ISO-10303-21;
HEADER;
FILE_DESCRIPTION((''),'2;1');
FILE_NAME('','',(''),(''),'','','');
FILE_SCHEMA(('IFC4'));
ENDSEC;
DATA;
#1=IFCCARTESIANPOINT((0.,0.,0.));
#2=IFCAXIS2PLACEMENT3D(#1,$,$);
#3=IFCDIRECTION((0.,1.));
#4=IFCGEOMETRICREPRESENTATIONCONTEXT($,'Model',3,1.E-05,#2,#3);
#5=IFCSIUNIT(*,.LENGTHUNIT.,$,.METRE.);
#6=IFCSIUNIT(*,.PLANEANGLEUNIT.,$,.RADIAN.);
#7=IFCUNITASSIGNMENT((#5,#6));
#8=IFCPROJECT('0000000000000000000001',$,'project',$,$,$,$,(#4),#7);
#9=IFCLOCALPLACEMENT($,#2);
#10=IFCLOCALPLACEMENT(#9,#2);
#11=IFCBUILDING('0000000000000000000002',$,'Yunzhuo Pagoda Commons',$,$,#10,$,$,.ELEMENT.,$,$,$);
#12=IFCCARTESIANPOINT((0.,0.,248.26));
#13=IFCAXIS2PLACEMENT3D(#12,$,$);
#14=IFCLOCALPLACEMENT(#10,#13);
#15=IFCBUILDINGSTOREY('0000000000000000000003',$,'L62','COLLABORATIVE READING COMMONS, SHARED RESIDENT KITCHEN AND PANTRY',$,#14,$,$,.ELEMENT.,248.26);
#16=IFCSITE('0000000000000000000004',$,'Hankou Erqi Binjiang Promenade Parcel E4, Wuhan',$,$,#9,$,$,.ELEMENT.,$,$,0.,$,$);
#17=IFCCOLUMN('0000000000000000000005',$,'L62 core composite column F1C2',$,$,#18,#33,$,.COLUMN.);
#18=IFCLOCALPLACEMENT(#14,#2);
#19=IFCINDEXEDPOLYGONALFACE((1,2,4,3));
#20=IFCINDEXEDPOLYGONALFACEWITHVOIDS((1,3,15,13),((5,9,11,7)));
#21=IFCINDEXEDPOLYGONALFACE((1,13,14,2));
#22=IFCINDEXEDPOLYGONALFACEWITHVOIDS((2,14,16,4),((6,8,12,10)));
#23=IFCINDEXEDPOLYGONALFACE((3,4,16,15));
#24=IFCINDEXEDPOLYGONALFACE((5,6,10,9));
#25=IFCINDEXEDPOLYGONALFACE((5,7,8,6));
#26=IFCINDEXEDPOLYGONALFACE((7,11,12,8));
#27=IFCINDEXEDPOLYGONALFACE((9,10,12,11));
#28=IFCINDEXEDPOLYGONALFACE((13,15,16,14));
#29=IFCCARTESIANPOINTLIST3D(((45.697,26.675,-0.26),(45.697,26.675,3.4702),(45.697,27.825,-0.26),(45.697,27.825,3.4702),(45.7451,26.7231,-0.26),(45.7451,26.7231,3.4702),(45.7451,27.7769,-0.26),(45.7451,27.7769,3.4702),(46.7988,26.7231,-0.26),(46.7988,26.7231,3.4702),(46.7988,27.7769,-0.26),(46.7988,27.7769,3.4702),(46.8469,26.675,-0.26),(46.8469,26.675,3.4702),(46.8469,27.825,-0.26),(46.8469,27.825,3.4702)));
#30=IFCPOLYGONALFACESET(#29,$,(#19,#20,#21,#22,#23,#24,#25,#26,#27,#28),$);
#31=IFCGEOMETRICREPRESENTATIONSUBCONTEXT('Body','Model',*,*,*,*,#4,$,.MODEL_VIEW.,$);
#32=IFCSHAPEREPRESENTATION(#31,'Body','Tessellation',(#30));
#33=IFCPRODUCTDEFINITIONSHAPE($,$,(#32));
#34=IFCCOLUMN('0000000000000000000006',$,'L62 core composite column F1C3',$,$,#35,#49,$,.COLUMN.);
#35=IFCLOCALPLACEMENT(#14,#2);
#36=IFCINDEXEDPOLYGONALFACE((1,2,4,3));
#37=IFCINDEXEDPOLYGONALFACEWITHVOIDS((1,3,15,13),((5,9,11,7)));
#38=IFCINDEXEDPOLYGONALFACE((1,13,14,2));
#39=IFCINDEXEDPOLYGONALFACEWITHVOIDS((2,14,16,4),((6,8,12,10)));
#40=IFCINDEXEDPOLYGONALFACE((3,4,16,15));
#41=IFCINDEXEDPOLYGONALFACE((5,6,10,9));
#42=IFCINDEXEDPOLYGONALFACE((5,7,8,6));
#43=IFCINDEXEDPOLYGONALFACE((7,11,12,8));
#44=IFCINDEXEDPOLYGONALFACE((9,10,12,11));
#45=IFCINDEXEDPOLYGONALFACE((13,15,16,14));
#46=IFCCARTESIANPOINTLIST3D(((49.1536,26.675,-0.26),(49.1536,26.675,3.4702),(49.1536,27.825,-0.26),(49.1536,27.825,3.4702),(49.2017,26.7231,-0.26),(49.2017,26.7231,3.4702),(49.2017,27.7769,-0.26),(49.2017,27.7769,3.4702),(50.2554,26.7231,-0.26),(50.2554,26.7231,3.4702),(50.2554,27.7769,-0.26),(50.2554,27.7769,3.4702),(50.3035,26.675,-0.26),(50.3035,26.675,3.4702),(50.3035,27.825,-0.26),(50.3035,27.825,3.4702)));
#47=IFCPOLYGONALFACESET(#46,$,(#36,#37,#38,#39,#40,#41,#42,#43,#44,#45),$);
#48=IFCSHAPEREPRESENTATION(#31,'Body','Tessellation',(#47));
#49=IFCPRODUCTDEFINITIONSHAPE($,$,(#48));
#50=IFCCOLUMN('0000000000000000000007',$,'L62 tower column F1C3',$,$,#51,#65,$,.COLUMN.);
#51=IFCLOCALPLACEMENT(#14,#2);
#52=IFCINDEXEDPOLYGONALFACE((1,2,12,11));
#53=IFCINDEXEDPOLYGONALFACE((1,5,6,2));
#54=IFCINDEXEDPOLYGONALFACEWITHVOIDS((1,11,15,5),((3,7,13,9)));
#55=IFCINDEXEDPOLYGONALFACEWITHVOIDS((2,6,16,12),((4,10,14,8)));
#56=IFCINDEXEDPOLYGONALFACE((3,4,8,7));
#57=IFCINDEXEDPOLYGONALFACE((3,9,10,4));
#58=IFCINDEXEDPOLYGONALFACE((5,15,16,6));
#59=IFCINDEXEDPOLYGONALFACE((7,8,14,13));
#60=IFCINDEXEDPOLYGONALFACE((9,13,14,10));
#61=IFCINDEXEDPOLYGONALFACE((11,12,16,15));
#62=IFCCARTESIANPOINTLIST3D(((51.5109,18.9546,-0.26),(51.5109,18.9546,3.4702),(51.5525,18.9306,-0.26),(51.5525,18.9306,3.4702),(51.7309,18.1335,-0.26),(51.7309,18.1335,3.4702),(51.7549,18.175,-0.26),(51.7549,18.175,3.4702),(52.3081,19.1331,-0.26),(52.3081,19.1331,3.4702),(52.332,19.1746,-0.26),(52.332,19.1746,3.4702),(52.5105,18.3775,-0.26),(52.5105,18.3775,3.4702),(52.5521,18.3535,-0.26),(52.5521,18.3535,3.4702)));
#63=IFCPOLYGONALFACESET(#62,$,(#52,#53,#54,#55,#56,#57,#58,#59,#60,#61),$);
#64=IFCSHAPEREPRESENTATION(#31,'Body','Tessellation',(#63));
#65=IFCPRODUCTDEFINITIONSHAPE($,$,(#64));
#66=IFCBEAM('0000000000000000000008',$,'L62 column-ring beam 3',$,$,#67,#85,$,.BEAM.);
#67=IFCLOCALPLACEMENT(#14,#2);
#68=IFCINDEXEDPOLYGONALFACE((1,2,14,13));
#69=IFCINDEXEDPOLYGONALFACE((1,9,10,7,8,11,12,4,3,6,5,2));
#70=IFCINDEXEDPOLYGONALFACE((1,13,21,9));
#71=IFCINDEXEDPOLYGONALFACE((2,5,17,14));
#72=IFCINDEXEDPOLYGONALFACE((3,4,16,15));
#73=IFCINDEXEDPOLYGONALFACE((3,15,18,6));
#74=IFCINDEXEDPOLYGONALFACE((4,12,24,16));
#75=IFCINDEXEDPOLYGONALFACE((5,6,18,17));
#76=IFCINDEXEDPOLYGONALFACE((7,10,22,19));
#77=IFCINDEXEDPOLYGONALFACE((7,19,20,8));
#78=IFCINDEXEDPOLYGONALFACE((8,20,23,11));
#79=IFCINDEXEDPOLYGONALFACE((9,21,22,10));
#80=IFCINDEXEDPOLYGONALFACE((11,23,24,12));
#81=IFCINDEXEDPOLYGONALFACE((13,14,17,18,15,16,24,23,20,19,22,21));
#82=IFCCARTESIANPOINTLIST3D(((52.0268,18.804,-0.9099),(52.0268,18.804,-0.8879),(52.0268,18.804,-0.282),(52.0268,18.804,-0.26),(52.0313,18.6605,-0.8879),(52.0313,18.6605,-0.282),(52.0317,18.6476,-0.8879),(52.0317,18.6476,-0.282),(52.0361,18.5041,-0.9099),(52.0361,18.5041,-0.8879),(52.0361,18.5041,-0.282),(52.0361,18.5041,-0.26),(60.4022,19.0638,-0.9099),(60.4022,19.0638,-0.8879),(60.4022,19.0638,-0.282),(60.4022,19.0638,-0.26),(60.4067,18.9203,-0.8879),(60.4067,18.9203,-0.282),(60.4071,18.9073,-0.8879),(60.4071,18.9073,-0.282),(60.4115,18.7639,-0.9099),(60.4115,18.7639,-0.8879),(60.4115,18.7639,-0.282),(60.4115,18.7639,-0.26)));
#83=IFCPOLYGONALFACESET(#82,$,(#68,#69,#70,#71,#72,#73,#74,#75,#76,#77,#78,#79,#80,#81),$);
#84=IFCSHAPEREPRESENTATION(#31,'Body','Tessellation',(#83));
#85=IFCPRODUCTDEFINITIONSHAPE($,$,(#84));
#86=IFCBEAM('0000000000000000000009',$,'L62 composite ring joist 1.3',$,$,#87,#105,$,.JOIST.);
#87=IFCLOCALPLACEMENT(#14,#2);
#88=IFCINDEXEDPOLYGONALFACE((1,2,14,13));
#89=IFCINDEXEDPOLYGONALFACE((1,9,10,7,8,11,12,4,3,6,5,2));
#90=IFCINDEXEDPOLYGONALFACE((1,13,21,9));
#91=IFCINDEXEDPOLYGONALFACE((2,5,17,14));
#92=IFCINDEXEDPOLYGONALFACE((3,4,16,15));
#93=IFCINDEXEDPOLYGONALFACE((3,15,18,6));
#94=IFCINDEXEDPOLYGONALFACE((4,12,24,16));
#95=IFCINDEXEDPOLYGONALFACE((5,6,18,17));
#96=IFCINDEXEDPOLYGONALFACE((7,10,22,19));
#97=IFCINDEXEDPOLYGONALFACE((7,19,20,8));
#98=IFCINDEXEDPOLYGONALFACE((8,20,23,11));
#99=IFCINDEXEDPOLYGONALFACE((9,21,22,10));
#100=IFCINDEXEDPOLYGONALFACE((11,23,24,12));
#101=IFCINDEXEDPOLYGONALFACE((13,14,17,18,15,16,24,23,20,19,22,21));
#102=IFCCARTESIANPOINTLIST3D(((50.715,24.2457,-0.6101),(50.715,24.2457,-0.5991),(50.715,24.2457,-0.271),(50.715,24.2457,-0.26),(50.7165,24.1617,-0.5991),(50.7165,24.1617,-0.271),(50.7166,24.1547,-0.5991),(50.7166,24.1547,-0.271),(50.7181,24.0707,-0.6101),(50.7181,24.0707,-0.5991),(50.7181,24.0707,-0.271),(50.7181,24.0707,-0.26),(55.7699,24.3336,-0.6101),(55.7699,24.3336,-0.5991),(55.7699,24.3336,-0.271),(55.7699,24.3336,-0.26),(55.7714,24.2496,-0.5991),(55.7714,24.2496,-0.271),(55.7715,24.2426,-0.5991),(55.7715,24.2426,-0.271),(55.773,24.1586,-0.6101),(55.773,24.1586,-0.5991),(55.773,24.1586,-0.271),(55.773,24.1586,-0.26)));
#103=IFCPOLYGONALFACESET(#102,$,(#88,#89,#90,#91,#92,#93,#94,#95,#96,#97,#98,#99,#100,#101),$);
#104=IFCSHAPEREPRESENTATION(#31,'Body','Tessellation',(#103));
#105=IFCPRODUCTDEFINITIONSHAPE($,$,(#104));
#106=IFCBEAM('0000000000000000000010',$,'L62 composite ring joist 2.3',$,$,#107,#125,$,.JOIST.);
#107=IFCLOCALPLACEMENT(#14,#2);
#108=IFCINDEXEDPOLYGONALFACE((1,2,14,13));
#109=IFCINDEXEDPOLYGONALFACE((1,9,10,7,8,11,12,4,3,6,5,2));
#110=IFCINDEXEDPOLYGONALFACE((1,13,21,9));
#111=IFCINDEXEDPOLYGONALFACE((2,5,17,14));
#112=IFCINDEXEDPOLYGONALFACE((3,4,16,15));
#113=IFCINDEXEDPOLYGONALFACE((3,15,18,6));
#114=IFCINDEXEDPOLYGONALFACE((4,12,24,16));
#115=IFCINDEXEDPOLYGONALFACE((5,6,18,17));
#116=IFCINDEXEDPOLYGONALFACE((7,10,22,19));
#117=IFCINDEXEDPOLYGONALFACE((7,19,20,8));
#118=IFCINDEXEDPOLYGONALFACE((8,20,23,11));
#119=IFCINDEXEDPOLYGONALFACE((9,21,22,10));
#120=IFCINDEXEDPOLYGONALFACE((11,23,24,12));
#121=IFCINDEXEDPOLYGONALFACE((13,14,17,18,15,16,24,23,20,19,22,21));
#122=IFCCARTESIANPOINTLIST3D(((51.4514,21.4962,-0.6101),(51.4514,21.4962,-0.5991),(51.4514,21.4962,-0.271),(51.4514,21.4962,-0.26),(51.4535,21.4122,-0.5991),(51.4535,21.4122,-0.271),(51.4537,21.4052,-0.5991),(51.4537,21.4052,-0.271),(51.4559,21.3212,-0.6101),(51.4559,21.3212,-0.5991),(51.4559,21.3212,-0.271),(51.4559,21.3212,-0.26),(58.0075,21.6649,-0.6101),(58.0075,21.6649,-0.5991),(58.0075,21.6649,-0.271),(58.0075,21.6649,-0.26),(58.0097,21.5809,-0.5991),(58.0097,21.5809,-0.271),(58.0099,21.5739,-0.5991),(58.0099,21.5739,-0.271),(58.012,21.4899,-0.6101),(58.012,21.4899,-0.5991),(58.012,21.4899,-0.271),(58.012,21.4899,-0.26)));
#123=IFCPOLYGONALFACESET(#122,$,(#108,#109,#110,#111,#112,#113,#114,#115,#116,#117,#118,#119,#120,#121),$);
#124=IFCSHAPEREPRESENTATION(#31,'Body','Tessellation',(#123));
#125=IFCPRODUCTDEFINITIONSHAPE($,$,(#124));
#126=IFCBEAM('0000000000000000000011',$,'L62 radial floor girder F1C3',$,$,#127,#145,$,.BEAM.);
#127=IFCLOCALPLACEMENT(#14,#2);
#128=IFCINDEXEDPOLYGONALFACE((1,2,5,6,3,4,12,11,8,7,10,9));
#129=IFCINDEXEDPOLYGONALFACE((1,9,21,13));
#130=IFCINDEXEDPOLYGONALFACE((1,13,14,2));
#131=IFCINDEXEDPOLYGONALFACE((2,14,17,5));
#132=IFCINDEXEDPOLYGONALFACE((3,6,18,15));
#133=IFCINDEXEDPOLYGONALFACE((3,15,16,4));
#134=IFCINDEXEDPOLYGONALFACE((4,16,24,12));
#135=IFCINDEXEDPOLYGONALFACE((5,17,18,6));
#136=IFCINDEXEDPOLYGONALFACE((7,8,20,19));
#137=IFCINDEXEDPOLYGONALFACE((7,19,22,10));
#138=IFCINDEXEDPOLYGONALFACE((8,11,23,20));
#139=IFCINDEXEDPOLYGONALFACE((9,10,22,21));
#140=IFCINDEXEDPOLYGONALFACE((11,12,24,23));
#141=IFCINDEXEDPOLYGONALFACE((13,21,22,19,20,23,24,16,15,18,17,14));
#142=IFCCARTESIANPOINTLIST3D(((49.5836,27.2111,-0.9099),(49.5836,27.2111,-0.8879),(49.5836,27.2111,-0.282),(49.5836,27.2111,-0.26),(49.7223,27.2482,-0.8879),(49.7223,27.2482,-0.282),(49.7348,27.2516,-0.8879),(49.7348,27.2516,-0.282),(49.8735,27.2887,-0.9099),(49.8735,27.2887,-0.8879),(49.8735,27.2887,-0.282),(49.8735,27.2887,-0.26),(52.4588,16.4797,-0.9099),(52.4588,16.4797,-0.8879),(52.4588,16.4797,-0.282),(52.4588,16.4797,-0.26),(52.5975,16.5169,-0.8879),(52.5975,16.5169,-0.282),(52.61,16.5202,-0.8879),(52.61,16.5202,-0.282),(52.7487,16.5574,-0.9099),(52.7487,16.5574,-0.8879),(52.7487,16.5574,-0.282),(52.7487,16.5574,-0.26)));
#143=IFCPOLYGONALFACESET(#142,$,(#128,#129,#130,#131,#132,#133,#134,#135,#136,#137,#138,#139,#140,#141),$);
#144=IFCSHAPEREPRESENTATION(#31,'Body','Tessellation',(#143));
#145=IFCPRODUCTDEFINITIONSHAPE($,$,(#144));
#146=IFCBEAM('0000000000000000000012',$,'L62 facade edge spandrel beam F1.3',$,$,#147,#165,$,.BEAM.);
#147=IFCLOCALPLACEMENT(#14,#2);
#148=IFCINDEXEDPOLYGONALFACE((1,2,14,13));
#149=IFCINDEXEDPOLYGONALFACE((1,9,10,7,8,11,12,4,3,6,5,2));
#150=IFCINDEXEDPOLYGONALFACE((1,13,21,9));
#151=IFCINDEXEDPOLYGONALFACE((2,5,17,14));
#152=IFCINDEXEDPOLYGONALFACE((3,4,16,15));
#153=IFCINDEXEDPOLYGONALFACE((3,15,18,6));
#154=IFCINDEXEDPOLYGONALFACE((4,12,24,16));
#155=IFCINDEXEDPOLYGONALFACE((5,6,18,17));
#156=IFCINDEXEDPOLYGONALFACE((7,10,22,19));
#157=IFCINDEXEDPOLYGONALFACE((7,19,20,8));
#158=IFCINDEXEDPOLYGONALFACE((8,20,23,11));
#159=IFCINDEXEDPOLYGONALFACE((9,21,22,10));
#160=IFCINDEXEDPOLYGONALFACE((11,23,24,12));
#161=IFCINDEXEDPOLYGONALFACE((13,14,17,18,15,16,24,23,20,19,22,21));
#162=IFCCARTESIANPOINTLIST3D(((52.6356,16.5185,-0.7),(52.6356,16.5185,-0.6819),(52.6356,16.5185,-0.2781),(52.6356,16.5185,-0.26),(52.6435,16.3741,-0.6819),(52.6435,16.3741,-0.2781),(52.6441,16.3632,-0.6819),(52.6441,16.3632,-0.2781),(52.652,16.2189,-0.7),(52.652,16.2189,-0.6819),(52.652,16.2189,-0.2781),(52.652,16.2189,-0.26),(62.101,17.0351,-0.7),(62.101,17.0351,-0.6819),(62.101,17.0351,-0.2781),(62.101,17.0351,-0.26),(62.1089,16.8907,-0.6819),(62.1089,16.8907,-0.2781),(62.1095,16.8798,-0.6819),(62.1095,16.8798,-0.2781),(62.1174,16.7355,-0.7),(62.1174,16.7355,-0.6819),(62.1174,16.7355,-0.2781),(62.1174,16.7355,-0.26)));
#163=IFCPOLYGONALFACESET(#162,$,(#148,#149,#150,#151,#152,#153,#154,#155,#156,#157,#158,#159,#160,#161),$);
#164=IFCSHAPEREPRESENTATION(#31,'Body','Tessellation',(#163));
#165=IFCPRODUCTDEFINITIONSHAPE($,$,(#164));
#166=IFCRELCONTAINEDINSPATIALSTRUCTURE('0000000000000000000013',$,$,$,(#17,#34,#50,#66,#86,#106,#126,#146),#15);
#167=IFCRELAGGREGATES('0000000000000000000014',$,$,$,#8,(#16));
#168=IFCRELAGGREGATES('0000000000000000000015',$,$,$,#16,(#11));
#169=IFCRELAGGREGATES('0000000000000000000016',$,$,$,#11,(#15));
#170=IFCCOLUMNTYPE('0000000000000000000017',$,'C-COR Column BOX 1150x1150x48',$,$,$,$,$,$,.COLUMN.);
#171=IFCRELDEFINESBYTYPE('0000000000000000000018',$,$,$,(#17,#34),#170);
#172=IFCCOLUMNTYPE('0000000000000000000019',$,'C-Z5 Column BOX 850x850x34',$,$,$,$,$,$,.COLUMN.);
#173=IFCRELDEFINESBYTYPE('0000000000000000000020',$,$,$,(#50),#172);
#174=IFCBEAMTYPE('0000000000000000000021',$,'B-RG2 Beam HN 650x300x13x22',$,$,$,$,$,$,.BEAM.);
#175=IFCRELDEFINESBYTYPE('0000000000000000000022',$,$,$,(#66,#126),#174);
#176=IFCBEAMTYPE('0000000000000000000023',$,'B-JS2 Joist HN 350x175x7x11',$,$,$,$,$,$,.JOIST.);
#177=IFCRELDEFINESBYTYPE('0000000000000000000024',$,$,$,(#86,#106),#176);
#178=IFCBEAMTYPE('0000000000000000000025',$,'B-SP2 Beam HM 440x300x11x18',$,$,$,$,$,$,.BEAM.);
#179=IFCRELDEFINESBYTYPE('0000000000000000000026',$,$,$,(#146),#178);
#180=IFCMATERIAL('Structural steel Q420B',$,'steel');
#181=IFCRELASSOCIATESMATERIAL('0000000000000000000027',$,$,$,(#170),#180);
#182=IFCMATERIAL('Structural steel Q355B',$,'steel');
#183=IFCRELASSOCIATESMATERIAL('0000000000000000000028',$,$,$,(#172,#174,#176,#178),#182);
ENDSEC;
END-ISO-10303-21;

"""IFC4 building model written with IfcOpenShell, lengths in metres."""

from ifc_helpers import new_model, si_unit, direction, frame, origin, origin_2d, place, context, subcontext, project, spatial, hollow_rectangle, i_section, extrude, source, transform, mapped, material, material_profile, profile_set, type_object, element, save


model = new_model("IFC4")

# Units and contexts
model_context = context("Model", 3, precision=1e-05, world=origin(), true_north=direction((0.0, 1.0)))
body_context = subcontext(model_context, "Body", "Model", "MODEL_VIEW")
ifc_project = project(units=[si_unit("LENGTHUNIT", "METRE"), si_unit("PLANEANGLEUNIT", "RADIAN")], contexts=[model_context])

# Site, building, storey
site_placement = place(None, origin())
site = spatial("IfcSite", under=ifc_project, at=site_placement, Name="Hankou Erqi Binjiang Promenade Parcel E4, Wuhan", CompositionType="ELEMENT", RefElevation=0.0)
building_placement = place(site_placement, origin())
building = spatial("IfcBuilding", under=site, at=building_placement, Name="Yunzhuo Pagoda Commons", CompositionType="ELEMENT")
storey_placement = place(building_placement, frame((0.0, 0.0, 248.26)))
storey = spatial("IfcBuildingStorey", under=building, at=storey_placement, Name="L62", Description="COLLABORATIVE READING COMMONS, SHARED RESIDENT KITCHEN AND PANTRY", CompositionType="ELEMENT", Elevation=248.26)

# Columns
ifc_material_1 = material(Name="Structural steel Q420B", Category="steel")
ifc_material_profile_1 = material_profile(ifc_material_1, hollow_rectangle(XDim=1.1499, YDim=1.1499, WallThickness=0.0481, at=origin_2d()), Name="Structural steel Q420B")
ifc_profile_set_1 = profile_set([ifc_material_profile_1], Name="Structural steel Q420B")
column_type_1 = type_object("IfcColumnType", Name="C-COR Column BOX 1150x1150x48", PredefinedType="COLUMN", material=ifc_profile_set_1)
shared_shape_1 = source(origin(), body_context, "Body", "SweptSolid", [
    extrude(hollow_rectangle(XDim=1.1499, YDim=1.1499, WallThickness=0.0481, at=origin_2d()), origin(), (0.0, 0.0, 1.0), 3.7302),
])
for number, where, z_axis, x_axis, name in (
    (1, (46.272, 27.25, -0.26), (0.0, 0.0, 1.0), (1.0, 0.0, 0.0), "L62 core composite column F1C2"),
    (2, (49.7285, 27.25, -0.26), (0.0, 0.0, 1.0), (1.0, 0.0, 0.0), "L62 core composite column F1C3"),
):
    element("IfcColumn", number, at=place(storey_placement, frame(where, z_axis=z_axis, x_axis=x_axis)), inside=storey, type_object=column_type_1, Name=name, PredefinedType="COLUMN", context=body_context, shape_type="MappedRepresentation", body=[
        mapped(shared_shape_1, transform((0.0, 0.0, 0.0), scale=1.0)),
    ])
ifc_material_2 = material(Name="Structural steel Q355B", Category="steel")
ifc_material_profile_2 = material_profile(ifc_material_2, hollow_rectangle(XDim=0.8501, YDim=0.8501, WallThickness=0.0339, at=origin_2d()), Name="Structural steel Q355B")
ifc_profile_set_2 = profile_set([ifc_material_profile_2], Name="Structural steel Q355B")
column_type_2 = type_object("IfcColumnType", Name="C-Z5 Column BOX 850x850x34", PredefinedType="COLUMN", material=ifc_profile_set_2)
shared_shape_2 = source(origin(), body_context, "Body", "SweptSolid", [
    extrude(hollow_rectangle(XDim=0.8501, YDim=0.8501, WallThickness=0.0339, at=origin_2d()), origin(), (0.0, 0.0, 1.0), 3.7302),
])
column_placement = place(storey_placement, frame((52.0315, 18.6541, -0.26), z_axis=(0.0, 0.0, 1.0), x_axis=(0.965926, 0.258819, 0.0)))
element("IfcColumn", 3, at=column_placement, inside=storey, type_object=column_type_2, Name="L62 tower column F1C3", PredefinedType="COLUMN", context=body_context, shape_type="MappedRepresentation", body=[
    mapped(shared_shape_2, transform((0.0, 0.0, 0.0), scale=1.0)),
])

# Beams
ifc_material_profile_3 = material_profile(ifc_material_2, i_section(OverallWidth=0.3, OverallDepth=0.6499, WebThickness=0.0129, FlangeThickness=0.022, at=origin_2d()), Name="Structural steel Q355B")
ifc_profile_set_3 = profile_set([ifc_material_profile_3], Name="Structural steel Q355B")
beam_type_1 = type_object("IfcBeamType", Name="B-RG2 Beam HN 650x300x13x22", PredefinedType="BEAM", material=ifc_profile_set_3)
shared_shape_3 = source(origin(), body_context, "Body", "SweptSolid", [
    extrude(i_section(OverallWidth=0.3, OverallDepth=0.6499, WebThickness=0.0129, FlangeThickness=0.022, at=origin_2d()), origin(), (0.0, 0.0, 1.0), 8.3794),
])
beam_1_placement = place(storey_placement, frame((52.0315, 18.6541, -0.585), z_axis=(0.999519, 0.031, 0.0), x_axis=(-0.031, 0.999519, 0.0)))
element("IfcBeam", 4, at=beam_1_placement, inside=storey, type_object=beam_type_1, Name="L62 column-ring beam 3", PredefinedType="BEAM", context=body_context, shape_type="MappedRepresentation", body=[
    mapped(shared_shape_3, transform((0.0, 0.0, 0.0), scale=1.0)),
])
ifc_material_profile_4 = material_profile(ifc_material_2, i_section(OverallWidth=0.175, OverallDepth=0.3501, WebThickness=0.0071, FlangeThickness=0.011, at=origin_2d()), Name="Structural steel Q355B")
ifc_profile_set_4 = profile_set([ifc_material_profile_4], Name="Structural steel Q355B")
beam_type_2 = type_object("IfcBeamType", Name="B-JS2 Joist HN 350x175x7x11", PredefinedType="JOIST", material=ifc_profile_set_4)
shared_shape_4 = source(origin(), body_context, "Body", "SweptSolid", [
    extrude(i_section(OverallWidth=0.175, OverallDepth=0.3501, WebThickness=0.0071, FlangeThickness=0.011, at=origin_2d()), origin(), (0.0, 0.0, 1.0), 5.0557),
])
beam_2_placement = place(storey_placement, frame((50.7166, 24.1582, -0.4351), z_axis=(0.999849, 0.017384, 0.0), x_axis=(-0.017384, 0.999849, 0.0)))
element("IfcBeam", 5, at=beam_2_placement, inside=storey, type_object=beam_type_2, Name="L62 composite ring joist 1.3", PredefinedType="JOIST", context=body_context, shape_type="MappedRepresentation", body=[
    mapped(shared_shape_4, transform((0.0, 0.0, 0.0), scale=1.0)),
])
shared_shape_5 = source(origin(), body_context, "Body", "SweptSolid", [
    extrude(i_section(OverallWidth=0.175, OverallDepth=0.3501, WebThickness=0.0071, FlangeThickness=0.011, at=origin_2d()), origin(), (0.0, 0.0, 1.0), 6.5583),
])
beam_3_placement = place(storey_placement, frame((51.4536, 21.4087, -0.4351), z_axis=(0.999669, 0.025723, 0.0), x_axis=(-0.025723, 0.999669, 0.0)))
element("IfcBeam", 6, at=beam_3_placement, inside=storey, type_object=beam_type_2, Name="L62 composite ring joist 2.3", PredefinedType="JOIST", context=body_context, shape_type="MappedRepresentation", body=[
    mapped(shared_shape_5, transform((0.0, 0.0, 0.0), scale=1.0)),
])
shared_shape_6 = source(origin(), body_context, "Body", "SweptSolid", [
    extrude(i_section(OverallWidth=0.3, OverallDepth=0.6499, WebThickness=0.0129, FlangeThickness=0.022, at=origin_2d()), origin(), (0.0, 0.0, 1.0), 11.1099),
])
beam_4_placement = place(storey_placement, frame((52.6038, 16.5186, -0.585), z_axis=(-0.258799, 0.965931, 0.0), x_axis=(-0.965931, -0.258799, 0.0)))
element("IfcBeam", 7, at=beam_4_placement, inside=storey, type_object=beam_type_1, Name="L62 radial floor girder F1C3", PredefinedType="BEAM", context=body_context, shape_type="MappedRepresentation", body=[
    mapped(shared_shape_6, transform((0.0, 0.0, 0.0), scale=1.0)),
])
ifc_material_profile_5 = material_profile(ifc_material_2, i_section(OverallWidth=0.3, OverallDepth=0.4399, WebThickness=0.011, FlangeThickness=0.0181, at=origin_2d()), Name="Structural steel Q355B")
ifc_profile_set_5 = profile_set([ifc_material_profile_5], Name="Structural steel Q355B")
beam_type_3 = type_object("IfcBeamType", Name="B-SP2 Beam HM 440x300x11x18", PredefinedType="BEAM", material=ifc_profile_set_5)
shared_shape_7 = source(origin(), body_context, "Body", "SweptSolid", [
    extrude(i_section(OverallWidth=0.3, OverallDepth=0.4399, WebThickness=0.011, FlangeThickness=0.0181, at=origin_2d()), origin(), (0.0, 0.0, 1.0), 9.4795),
])
beam_5_placement = place(storey_placement, frame((52.6438, 16.3687, -0.48), z_axis=(0.998514, 0.054497, 0.0), x_axis=(-0.054497, 0.998514, 0.0)))
element("IfcBeam", 8, at=beam_5_placement, inside=storey, type_object=beam_type_3, Name="L62 facade edge spandrel beam F1.3", PredefinedType="BEAM", context=body_context, shape_type="MappedRepresentation", body=[
    mapped(shared_shape_7, transform((0.0, 0.0, 0.0), scale=1.0)),
])

save(model, "model.ifc")
